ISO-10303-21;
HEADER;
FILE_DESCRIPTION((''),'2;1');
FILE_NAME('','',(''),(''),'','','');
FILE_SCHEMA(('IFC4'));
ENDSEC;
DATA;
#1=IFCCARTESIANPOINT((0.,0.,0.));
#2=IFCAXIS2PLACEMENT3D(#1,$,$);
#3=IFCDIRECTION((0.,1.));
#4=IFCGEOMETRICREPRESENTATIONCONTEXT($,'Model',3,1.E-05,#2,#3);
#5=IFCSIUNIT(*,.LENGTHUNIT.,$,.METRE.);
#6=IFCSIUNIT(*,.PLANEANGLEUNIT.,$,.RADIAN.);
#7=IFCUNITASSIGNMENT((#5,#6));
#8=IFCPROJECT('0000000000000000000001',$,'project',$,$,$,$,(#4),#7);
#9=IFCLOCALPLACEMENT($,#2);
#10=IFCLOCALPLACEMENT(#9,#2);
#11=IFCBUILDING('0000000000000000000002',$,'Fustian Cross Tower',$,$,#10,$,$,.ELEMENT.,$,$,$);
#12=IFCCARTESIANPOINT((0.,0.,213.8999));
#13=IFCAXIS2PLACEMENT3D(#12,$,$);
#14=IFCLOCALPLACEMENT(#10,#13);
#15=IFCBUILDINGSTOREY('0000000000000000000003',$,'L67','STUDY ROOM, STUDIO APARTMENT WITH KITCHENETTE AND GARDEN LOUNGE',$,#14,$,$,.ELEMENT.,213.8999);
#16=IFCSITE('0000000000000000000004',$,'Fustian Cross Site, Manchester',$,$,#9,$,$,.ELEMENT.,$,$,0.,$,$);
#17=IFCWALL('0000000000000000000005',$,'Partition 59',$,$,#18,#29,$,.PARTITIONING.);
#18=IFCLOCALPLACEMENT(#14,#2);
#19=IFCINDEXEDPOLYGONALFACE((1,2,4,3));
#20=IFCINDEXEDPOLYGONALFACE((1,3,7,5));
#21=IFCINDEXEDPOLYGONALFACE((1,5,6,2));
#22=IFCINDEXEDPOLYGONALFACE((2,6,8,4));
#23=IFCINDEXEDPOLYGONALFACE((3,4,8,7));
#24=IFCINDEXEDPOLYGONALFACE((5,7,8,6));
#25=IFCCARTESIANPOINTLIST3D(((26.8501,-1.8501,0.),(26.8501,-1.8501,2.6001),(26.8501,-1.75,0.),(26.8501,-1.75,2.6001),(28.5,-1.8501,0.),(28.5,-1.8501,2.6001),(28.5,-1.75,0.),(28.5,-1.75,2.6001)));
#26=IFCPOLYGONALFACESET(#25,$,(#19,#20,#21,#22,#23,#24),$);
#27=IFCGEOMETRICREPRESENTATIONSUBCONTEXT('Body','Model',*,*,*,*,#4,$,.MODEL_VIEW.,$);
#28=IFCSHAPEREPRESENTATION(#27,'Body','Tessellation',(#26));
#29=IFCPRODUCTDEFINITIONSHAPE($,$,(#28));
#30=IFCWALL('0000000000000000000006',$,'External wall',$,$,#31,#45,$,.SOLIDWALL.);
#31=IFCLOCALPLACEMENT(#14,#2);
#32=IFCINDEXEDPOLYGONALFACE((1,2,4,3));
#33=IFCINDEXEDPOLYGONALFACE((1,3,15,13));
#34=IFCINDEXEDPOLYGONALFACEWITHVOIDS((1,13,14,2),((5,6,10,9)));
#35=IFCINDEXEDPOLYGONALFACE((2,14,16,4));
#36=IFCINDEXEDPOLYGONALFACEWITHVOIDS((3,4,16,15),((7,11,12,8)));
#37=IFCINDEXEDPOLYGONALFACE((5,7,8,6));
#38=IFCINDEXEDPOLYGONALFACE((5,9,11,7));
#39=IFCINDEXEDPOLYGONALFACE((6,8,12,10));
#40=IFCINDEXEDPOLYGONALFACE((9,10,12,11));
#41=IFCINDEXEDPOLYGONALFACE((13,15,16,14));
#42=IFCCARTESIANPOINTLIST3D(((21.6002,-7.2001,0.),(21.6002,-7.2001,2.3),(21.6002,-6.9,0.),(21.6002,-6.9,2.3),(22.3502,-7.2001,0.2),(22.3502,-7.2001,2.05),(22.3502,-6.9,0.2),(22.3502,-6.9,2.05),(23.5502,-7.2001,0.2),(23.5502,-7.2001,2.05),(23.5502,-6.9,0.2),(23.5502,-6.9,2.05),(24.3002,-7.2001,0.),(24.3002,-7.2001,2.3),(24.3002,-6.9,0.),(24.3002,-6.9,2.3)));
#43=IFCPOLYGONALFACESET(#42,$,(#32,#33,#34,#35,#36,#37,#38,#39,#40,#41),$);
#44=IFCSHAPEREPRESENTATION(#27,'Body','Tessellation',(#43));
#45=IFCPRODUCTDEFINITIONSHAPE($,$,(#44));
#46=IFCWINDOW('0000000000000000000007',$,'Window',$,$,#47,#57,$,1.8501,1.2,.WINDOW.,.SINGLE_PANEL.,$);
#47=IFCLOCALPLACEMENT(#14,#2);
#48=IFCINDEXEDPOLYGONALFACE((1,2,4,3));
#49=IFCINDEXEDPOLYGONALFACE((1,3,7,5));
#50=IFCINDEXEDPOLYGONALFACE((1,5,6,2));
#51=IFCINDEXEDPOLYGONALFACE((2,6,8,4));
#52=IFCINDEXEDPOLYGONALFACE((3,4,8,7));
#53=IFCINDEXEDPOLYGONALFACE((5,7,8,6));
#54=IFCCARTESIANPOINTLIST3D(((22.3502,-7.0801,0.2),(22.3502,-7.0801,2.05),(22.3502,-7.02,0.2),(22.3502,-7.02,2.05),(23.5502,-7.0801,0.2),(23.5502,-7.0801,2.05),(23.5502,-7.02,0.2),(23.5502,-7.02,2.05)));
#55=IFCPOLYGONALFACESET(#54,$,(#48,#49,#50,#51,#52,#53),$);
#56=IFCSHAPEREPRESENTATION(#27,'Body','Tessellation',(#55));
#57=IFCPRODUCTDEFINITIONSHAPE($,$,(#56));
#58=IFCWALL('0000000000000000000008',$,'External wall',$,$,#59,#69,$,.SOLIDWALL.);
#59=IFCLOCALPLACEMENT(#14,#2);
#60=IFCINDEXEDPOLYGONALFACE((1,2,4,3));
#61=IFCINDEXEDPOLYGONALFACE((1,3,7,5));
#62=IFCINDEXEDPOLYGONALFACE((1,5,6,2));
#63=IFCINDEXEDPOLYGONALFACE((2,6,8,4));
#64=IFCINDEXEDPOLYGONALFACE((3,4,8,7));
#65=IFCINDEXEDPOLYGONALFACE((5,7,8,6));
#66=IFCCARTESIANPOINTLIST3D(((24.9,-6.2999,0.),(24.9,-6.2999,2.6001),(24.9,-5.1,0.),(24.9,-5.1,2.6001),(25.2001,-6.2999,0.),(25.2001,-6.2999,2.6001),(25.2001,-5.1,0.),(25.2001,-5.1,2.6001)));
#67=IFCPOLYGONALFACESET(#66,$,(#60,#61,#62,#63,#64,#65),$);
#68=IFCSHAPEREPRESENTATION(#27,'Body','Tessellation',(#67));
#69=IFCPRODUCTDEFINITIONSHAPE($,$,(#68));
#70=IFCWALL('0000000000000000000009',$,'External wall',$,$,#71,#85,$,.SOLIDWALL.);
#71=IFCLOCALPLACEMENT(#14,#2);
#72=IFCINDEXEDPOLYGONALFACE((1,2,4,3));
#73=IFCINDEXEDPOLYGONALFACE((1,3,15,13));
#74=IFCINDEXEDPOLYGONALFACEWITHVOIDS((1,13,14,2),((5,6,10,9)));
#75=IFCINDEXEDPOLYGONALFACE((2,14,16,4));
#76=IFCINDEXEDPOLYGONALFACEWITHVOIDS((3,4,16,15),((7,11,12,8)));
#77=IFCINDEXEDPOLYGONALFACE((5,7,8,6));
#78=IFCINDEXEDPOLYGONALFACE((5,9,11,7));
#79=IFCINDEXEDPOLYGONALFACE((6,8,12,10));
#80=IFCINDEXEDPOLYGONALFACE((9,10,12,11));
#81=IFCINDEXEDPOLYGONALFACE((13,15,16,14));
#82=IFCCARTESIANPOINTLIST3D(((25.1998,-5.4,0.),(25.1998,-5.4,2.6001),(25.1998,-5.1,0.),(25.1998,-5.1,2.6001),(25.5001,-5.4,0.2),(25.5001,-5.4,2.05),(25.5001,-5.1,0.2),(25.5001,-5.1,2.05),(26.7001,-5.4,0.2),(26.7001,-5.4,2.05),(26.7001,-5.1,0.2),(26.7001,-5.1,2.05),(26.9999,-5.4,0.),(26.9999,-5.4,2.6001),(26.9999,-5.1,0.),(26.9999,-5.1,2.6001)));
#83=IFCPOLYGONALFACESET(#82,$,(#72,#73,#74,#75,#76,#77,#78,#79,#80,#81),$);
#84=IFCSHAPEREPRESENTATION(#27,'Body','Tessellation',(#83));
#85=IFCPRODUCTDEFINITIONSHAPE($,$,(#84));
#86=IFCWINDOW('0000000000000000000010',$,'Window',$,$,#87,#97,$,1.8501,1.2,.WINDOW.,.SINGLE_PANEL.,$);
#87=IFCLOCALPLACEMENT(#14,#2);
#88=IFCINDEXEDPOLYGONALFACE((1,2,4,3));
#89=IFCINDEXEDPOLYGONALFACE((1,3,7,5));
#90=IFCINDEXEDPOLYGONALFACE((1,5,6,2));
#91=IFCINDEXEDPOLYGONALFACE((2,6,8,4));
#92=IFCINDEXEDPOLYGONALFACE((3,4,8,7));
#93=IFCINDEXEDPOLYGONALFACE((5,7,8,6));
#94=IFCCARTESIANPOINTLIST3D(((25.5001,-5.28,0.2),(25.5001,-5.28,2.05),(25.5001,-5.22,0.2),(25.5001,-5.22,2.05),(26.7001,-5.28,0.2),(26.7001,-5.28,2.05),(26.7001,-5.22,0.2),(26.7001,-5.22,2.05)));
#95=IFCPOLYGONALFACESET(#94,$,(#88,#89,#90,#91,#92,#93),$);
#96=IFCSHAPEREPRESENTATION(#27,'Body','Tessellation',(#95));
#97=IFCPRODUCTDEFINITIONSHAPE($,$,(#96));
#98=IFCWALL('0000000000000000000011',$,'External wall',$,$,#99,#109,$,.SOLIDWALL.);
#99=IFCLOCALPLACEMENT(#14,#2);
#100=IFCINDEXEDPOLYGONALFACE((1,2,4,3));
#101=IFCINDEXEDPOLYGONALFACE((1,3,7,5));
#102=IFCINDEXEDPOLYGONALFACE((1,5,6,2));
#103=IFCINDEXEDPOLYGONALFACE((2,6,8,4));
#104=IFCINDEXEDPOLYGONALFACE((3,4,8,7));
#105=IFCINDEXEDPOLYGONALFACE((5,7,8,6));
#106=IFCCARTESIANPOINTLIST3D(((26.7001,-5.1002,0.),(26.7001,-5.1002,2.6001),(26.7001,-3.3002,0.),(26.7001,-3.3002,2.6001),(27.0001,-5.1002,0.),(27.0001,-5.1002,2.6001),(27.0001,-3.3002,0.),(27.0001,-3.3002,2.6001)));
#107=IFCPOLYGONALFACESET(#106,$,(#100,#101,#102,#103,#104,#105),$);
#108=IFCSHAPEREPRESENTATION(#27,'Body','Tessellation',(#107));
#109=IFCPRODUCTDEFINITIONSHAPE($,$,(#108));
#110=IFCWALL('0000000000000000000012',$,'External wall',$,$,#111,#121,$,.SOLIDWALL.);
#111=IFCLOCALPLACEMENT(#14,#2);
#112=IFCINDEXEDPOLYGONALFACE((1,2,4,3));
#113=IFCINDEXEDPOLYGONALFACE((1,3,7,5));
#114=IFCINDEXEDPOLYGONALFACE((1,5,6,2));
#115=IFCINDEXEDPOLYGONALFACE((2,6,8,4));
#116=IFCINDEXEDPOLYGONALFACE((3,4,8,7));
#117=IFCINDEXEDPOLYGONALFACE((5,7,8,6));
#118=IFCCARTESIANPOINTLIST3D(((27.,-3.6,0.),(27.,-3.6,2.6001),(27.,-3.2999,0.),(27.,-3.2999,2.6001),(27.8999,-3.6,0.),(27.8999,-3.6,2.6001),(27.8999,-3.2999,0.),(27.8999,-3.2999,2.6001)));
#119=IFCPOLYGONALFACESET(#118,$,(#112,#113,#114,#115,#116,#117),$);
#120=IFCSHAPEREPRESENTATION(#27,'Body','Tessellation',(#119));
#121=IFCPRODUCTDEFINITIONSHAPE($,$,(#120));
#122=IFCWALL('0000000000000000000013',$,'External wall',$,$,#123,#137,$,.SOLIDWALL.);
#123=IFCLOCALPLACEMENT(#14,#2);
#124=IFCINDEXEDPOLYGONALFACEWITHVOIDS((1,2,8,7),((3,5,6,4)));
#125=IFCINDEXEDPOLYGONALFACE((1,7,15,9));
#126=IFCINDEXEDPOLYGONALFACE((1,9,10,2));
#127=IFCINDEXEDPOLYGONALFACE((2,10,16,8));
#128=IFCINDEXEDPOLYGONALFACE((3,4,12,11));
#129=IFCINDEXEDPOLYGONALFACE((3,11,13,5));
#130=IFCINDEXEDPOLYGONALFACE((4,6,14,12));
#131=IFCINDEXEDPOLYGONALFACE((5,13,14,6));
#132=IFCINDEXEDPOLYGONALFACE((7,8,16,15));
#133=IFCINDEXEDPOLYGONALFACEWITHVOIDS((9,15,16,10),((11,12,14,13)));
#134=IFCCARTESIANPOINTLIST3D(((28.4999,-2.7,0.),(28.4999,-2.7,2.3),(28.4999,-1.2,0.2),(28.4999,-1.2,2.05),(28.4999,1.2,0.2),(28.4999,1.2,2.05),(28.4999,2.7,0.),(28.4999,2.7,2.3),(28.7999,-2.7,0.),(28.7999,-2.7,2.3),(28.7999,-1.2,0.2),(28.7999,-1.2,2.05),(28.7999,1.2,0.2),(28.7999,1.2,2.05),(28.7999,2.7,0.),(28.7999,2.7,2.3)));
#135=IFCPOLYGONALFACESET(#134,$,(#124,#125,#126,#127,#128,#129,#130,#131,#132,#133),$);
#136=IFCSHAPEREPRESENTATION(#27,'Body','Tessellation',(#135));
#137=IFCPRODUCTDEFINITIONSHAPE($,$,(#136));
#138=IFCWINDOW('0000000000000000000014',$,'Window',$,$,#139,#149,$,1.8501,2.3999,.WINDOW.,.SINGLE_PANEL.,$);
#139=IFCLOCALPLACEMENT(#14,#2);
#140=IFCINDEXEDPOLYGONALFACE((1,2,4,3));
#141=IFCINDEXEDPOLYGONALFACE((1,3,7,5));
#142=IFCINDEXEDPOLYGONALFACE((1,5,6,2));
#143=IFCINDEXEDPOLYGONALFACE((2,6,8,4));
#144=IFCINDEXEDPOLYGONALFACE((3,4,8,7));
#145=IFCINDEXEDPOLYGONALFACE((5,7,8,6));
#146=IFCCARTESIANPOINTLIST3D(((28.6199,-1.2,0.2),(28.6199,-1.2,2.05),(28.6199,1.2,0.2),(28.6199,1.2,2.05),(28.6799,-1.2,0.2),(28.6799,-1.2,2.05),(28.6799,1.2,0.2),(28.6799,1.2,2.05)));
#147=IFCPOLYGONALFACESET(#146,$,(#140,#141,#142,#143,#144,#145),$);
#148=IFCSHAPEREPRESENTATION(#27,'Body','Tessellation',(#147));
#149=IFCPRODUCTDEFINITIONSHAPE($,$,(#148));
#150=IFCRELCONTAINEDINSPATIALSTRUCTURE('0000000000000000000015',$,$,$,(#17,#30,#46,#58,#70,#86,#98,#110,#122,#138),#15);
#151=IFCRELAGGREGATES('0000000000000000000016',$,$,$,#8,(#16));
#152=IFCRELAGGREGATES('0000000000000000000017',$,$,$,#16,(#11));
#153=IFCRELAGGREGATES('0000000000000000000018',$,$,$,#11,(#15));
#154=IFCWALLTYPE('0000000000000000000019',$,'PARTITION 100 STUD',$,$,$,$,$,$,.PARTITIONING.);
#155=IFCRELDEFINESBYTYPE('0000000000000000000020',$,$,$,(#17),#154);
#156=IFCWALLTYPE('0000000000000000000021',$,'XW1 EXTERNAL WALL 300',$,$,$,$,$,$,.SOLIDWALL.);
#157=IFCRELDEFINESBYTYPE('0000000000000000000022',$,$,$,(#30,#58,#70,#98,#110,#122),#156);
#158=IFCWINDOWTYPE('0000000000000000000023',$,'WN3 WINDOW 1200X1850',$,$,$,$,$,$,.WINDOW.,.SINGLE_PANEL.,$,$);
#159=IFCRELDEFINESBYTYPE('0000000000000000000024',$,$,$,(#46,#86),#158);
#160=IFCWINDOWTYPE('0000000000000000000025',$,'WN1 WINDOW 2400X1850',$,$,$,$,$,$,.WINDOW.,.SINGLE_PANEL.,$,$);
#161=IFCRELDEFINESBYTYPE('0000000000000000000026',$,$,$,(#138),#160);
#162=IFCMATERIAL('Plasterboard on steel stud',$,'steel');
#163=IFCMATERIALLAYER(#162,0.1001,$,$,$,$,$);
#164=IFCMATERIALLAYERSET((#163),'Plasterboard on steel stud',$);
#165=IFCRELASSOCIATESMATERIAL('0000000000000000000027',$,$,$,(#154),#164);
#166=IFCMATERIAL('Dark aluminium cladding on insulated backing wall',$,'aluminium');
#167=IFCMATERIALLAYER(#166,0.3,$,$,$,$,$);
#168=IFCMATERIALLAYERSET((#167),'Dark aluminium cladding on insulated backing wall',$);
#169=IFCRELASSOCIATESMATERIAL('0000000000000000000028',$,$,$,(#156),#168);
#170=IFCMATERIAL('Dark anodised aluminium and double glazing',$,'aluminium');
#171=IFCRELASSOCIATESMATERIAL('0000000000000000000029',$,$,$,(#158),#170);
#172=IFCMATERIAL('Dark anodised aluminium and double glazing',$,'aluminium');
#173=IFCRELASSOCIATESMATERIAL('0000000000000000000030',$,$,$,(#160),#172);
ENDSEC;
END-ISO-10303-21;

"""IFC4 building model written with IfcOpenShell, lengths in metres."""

from ifc_helpers import new_model, si_unit, direction, frame, frame_2d, origin, place, context, subcontext, project, spatial, rectangle, extrude, material, layer, layer_set, type_object, element, fill, save


model = new_model("IFC4")

# Units and contexts
model_context = context("Model", 3, precision=1e-05, world=origin(), true_north=direction((0.0, 1.0)))
body_context = subcontext(model_context, "Body", "Model", "MODEL_VIEW")
ifc_project = project(units=[si_unit("LENGTHUNIT", "METRE"), si_unit("PLANEANGLEUNIT", "RADIAN")], contexts=[model_context])

# Site, building, storey
site_placement = place(None, origin())
site = spatial("IfcSite", under=ifc_project, at=site_placement, Name="Fustian Cross Site, Manchester", CompositionType="ELEMENT", RefElevation=0.0)
building_placement = place(site_placement, origin())
building = spatial("IfcBuilding", under=site, at=building_placement, Name="Fustian Cross Tower", CompositionType="ELEMENT")
storey_placement = place(building_placement, frame((0.0, 0.0, 213.8999)))
storey = spatial("IfcBuildingStorey", under=building, at=storey_placement, Name="L67", Description="STUDY ROOM, STUDIO APARTMENT WITH KITCHENETTE AND GARDEN LOUNGE", CompositionType="ELEMENT", Elevation=213.8999)

# Shared definitions
ifc_material_1 = material(Name="Plasterboard on steel stud", Category="steel")
ifc_layer_1 = layer(ifc_material_1, 0.1001)
ifc_layer_set_1 = layer_set([ifc_layer_1], Name="Plasterboard on steel stud")
wall_type_1 = type_object("IfcWallType", Name="PARTITION 100 STUD", PredefinedType="PARTITIONING", material=ifc_layer_set_1)

# Wall
wall_1_placement = place(storey_placement, frame((26.8501, -1.8, 0.0), z_axis=(0.0, 0.0, 1.0), x_axis=(1.0, 0.0, 0.0)))
element("IfcWall", 1, at=wall_1_placement, inside=storey, type_object=wall_type_1, Name="Partition 59", PredefinedType="PARTITIONING", context=body_context, shape_type="SweptSolid", body=[
    extrude(rectangle(XDim=1.6499, YDim=0.1001, at=frame_2d((0.825, 0.0))), origin(), (0.0, 0.0, 1.0), 2.6001),
])

# Wall, opening, window
ifc_material_2 = material(Name="Dark aluminium cladding on insulated backing wall", Category="aluminium")
ifc_layer_2 = layer(ifc_material_2, 0.3)
ifc_layer_set_2 = layer_set([ifc_layer_2], Name="Dark aluminium cladding on insulated backing wall")
wall_type_2 = type_object("IfcWallType", Name="XW1 EXTERNAL WALL 300", PredefinedType="SOLIDWALL", material=ifc_layer_set_2)
wall_2_placement = place(storey_placement, frame((21.6001, -7.05, 0.0), z_axis=(0.0, 0.0, 1.0), x_axis=(1.0, 0.0, 0.0)))
wall_2 = element("IfcWall", 2, at=wall_2_placement, inside=storey, type_object=wall_type_2, Name="External wall", PredefinedType="SOLIDWALL", context=body_context, shape_type="SweptSolid", body=[
    extrude(rectangle(XDim=2.7, YDim=0.3, at=frame_2d((1.3501, 0.0))), origin(), (0.0, 0.0, 1.0), 2.3),
])
opening_1_placement = place(wall_2_placement, frame((0.75, 0.0, 0.2)))
opening_1 = element("IfcOpeningElement", 3, at=opening_1_placement, cuts=wall_2, PredefinedType="OPENING", context=body_context, shape_type="SweptSolid", body=[
    extrude(rectangle(XDim=1.2, YDim=1.8501, at=frame_2d((0.6001, 0.925))), frame((0.0, 0.1599, 0.0), z_axis=(0.0, -1.0, 0.0), x_axis=(1.0, 0.0, 0.0)), (0.0, 0.0, 1.0), 0.3201),
])
ifc_material_3 = material(Name="Dark anodised aluminium and double glazing", Category="aluminium")
window_type_1 = type_object("IfcWindowType", Name="WN3 WINDOW 1200X1850", PartitioningType="SINGLE_PANEL", PredefinedType="WINDOW", material=ifc_material_3)
window_1_placement = place(opening_1_placement, origin())
window_1 = element("IfcWindow", 4, at=window_1_placement, inside=storey, type_object=window_type_1, Name="Window", OverallHeight=1.8501, OverallWidth=1.2, PartitioningType="SINGLE_PANEL", PredefinedType="WINDOW", context=body_context, shape_type="SweptSolid", body=[
    extrude(rectangle(XDim=1.2, YDim=1.8501, at=frame_2d((0.6001, 0.925))), frame((0.0, 0.03, 0.0), z_axis=(0.0, -1.0, 0.0), x_axis=(1.0, 0.0, 0.0)), (0.0, 0.0, 1.0), 0.0601),
])
fill(opening_1, window_1)

# Wall
wall_3_placement = place(storey_placement, frame((25.05, -6.3, 0.0), z_axis=(0.0, 0.0, 1.0), x_axis=(0.0, 1.0, 0.0)))
element("IfcWall", 5, at=wall_3_placement, inside=storey, type_object=wall_type_2, Name="External wall", PredefinedType="SOLIDWALL", context=body_context, shape_type="SweptSolid", body=[
    extrude(rectangle(XDim=1.2, YDim=0.3, at=frame_2d((0.6001, 0.0))), origin(), (0.0, 0.0, 1.0), 2.6001),
])

# Wall, opening, window
wall_4_placement = place(storey_placement, frame((25.2, -5.25, 0.0), z_axis=(0.0, 0.0, 1.0), x_axis=(1.0, 0.0, 0.0)))
wall_4 = element("IfcWall", 6, at=wall_4_placement, inside=storey, type_object=wall_type_2, Name="External wall", PredefinedType="SOLIDWALL", context=body_context, shape_type="SweptSolid", body=[
    extrude(rectangle(XDim=1.8, YDim=0.3, at=frame_2d((0.8999, 0.0))), origin(), (0.0, 0.0, 1.0), 2.6001),
])
opening_2_placement = place(wall_4_placement, frame((0.3, 0.0, 0.2)))
opening_2 = element("IfcOpeningElement", 7, at=opening_2_placement, cuts=wall_4, PredefinedType="OPENING", context=body_context, shape_type="SweptSolid", body=[
    extrude(rectangle(XDim=1.2, YDim=1.8501, at=frame_2d((0.6001, 0.925))), frame((0.0, 0.1599, 0.0), z_axis=(0.0, -1.0, 0.0), x_axis=(1.0, 0.0, 0.0)), (0.0, 0.0, 1.0), 0.3201),
])
window_2_placement = place(opening_2_placement, origin())
window_2 = element("IfcWindow", 8, at=window_2_placement, inside=storey, type_object=window_type_1, Name="Window", OverallHeight=1.8501, OverallWidth=1.2, PartitioningType="SINGLE_PANEL", PredefinedType="WINDOW", context=body_context, shape_type="SweptSolid", body=[
    extrude(rectangle(XDim=1.2, YDim=1.8501, at=frame_2d((0.6001, 0.925))), frame((0.0, 0.03, 0.0), z_axis=(0.0, -1.0, 0.0), x_axis=(1.0, 0.0, 0.0)), (0.0, 0.0, 1.0), 0.0601),
])
fill(opening_2, window_2)

# Walls
wall_5_placement = place(storey_placement, frame((26.8501, -5.1001, 0.0), z_axis=(0.0, 0.0, 1.0), x_axis=(0.0, 1.0, 0.0)))
element("IfcWall", 9, at=wall_5_placement, inside=storey, type_object=wall_type_2, Name="External wall", PredefinedType="SOLIDWALL", context=body_context, shape_type="SweptSolid", body=[
    extrude(rectangle(XDim=1.8, YDim=0.3, at=frame_2d((0.8999, 0.0))), origin(), (0.0, 0.0, 1.0), 2.6001),
])
wall_6_placement = place(storey_placement, frame((27.0, -3.45, 0.0), z_axis=(0.0, 0.0, 1.0), x_axis=(1.0, 0.0, 0.0)))
element("IfcWall", 10, at=wall_6_placement, inside=storey, type_object=wall_type_2, Name="External wall", PredefinedType="SOLIDWALL", context=body_context, shape_type="SweptSolid", body=[
    extrude(rectangle(XDim=0.8999, YDim=0.3, at=frame_2d((0.45, 0.0))), origin(), (0.0, 0.0, 1.0), 2.6001),
])

# Wall, opening, window
wall_7_placement = place(storey_placement, frame((28.6499, -2.7, 0.0), z_axis=(0.0, 0.0, 1.0), x_axis=(0.0, 1.0, 0.0)))
wall_7 = element("IfcWall", 11, at=wall_7_placement, inside=storey, type_object=wall_type_2, Name="External wall", PredefinedType="SOLIDWALL", context=body_context, shape_type="SweptSolid", body=[
    extrude(rectangle(XDim=5.3999, YDim=0.3, at=frame_2d((2.7, 0.0))), origin(), (0.0, 0.0, 1.0), 2.3),
])
opening_3_placement = place(wall_7_placement, frame((1.5, 0.0, 0.2)))
opening_3 = element("IfcOpeningElement", 12, at=opening_3_placement, cuts=wall_7, PredefinedType="OPENING", context=body_context, shape_type="SweptSolid", body=[
    extrude(rectangle(XDim=2.3999, YDim=1.8501, at=frame_2d((1.2, 0.925))), frame((0.0, 0.1599, 0.0), z_axis=(0.0, -1.0, 0.0), x_axis=(1.0, 0.0, 0.0)), (0.0, 0.0, 1.0), 0.3201),
])
ifc_material_4 = material(Name="Dark anodised aluminium and double glazing", Category="aluminium")
window_type_2 = type_object("IfcWindowType", Name="WN1 WINDOW 2400X1850", PartitioningType="SINGLE_PANEL", PredefinedType="WINDOW", material=ifc_material_4)
window_3_placement = place(opening_3_placement, origin())
window_3 = element("IfcWindow", 13, at=window_3_placement, inside=storey, type_object=window_type_2, Name="Window", OverallHeight=1.8501, OverallWidth=2.3999, PartitioningType="SINGLE_PANEL", PredefinedType="WINDOW", context=body_context, shape_type="SweptSolid", body=[
    extrude(rectangle(XDim=2.3999, YDim=1.8501, at=frame_2d((1.2, 0.925))), frame((0.0, 0.03, 0.0), z_axis=(0.0, -1.0, 0.0), x_axis=(1.0, 0.0, 0.0)), (0.0, 0.0, 1.0), 0.0601),
])
fill(opening_3, window_3)

save(model, "model.ifc")
